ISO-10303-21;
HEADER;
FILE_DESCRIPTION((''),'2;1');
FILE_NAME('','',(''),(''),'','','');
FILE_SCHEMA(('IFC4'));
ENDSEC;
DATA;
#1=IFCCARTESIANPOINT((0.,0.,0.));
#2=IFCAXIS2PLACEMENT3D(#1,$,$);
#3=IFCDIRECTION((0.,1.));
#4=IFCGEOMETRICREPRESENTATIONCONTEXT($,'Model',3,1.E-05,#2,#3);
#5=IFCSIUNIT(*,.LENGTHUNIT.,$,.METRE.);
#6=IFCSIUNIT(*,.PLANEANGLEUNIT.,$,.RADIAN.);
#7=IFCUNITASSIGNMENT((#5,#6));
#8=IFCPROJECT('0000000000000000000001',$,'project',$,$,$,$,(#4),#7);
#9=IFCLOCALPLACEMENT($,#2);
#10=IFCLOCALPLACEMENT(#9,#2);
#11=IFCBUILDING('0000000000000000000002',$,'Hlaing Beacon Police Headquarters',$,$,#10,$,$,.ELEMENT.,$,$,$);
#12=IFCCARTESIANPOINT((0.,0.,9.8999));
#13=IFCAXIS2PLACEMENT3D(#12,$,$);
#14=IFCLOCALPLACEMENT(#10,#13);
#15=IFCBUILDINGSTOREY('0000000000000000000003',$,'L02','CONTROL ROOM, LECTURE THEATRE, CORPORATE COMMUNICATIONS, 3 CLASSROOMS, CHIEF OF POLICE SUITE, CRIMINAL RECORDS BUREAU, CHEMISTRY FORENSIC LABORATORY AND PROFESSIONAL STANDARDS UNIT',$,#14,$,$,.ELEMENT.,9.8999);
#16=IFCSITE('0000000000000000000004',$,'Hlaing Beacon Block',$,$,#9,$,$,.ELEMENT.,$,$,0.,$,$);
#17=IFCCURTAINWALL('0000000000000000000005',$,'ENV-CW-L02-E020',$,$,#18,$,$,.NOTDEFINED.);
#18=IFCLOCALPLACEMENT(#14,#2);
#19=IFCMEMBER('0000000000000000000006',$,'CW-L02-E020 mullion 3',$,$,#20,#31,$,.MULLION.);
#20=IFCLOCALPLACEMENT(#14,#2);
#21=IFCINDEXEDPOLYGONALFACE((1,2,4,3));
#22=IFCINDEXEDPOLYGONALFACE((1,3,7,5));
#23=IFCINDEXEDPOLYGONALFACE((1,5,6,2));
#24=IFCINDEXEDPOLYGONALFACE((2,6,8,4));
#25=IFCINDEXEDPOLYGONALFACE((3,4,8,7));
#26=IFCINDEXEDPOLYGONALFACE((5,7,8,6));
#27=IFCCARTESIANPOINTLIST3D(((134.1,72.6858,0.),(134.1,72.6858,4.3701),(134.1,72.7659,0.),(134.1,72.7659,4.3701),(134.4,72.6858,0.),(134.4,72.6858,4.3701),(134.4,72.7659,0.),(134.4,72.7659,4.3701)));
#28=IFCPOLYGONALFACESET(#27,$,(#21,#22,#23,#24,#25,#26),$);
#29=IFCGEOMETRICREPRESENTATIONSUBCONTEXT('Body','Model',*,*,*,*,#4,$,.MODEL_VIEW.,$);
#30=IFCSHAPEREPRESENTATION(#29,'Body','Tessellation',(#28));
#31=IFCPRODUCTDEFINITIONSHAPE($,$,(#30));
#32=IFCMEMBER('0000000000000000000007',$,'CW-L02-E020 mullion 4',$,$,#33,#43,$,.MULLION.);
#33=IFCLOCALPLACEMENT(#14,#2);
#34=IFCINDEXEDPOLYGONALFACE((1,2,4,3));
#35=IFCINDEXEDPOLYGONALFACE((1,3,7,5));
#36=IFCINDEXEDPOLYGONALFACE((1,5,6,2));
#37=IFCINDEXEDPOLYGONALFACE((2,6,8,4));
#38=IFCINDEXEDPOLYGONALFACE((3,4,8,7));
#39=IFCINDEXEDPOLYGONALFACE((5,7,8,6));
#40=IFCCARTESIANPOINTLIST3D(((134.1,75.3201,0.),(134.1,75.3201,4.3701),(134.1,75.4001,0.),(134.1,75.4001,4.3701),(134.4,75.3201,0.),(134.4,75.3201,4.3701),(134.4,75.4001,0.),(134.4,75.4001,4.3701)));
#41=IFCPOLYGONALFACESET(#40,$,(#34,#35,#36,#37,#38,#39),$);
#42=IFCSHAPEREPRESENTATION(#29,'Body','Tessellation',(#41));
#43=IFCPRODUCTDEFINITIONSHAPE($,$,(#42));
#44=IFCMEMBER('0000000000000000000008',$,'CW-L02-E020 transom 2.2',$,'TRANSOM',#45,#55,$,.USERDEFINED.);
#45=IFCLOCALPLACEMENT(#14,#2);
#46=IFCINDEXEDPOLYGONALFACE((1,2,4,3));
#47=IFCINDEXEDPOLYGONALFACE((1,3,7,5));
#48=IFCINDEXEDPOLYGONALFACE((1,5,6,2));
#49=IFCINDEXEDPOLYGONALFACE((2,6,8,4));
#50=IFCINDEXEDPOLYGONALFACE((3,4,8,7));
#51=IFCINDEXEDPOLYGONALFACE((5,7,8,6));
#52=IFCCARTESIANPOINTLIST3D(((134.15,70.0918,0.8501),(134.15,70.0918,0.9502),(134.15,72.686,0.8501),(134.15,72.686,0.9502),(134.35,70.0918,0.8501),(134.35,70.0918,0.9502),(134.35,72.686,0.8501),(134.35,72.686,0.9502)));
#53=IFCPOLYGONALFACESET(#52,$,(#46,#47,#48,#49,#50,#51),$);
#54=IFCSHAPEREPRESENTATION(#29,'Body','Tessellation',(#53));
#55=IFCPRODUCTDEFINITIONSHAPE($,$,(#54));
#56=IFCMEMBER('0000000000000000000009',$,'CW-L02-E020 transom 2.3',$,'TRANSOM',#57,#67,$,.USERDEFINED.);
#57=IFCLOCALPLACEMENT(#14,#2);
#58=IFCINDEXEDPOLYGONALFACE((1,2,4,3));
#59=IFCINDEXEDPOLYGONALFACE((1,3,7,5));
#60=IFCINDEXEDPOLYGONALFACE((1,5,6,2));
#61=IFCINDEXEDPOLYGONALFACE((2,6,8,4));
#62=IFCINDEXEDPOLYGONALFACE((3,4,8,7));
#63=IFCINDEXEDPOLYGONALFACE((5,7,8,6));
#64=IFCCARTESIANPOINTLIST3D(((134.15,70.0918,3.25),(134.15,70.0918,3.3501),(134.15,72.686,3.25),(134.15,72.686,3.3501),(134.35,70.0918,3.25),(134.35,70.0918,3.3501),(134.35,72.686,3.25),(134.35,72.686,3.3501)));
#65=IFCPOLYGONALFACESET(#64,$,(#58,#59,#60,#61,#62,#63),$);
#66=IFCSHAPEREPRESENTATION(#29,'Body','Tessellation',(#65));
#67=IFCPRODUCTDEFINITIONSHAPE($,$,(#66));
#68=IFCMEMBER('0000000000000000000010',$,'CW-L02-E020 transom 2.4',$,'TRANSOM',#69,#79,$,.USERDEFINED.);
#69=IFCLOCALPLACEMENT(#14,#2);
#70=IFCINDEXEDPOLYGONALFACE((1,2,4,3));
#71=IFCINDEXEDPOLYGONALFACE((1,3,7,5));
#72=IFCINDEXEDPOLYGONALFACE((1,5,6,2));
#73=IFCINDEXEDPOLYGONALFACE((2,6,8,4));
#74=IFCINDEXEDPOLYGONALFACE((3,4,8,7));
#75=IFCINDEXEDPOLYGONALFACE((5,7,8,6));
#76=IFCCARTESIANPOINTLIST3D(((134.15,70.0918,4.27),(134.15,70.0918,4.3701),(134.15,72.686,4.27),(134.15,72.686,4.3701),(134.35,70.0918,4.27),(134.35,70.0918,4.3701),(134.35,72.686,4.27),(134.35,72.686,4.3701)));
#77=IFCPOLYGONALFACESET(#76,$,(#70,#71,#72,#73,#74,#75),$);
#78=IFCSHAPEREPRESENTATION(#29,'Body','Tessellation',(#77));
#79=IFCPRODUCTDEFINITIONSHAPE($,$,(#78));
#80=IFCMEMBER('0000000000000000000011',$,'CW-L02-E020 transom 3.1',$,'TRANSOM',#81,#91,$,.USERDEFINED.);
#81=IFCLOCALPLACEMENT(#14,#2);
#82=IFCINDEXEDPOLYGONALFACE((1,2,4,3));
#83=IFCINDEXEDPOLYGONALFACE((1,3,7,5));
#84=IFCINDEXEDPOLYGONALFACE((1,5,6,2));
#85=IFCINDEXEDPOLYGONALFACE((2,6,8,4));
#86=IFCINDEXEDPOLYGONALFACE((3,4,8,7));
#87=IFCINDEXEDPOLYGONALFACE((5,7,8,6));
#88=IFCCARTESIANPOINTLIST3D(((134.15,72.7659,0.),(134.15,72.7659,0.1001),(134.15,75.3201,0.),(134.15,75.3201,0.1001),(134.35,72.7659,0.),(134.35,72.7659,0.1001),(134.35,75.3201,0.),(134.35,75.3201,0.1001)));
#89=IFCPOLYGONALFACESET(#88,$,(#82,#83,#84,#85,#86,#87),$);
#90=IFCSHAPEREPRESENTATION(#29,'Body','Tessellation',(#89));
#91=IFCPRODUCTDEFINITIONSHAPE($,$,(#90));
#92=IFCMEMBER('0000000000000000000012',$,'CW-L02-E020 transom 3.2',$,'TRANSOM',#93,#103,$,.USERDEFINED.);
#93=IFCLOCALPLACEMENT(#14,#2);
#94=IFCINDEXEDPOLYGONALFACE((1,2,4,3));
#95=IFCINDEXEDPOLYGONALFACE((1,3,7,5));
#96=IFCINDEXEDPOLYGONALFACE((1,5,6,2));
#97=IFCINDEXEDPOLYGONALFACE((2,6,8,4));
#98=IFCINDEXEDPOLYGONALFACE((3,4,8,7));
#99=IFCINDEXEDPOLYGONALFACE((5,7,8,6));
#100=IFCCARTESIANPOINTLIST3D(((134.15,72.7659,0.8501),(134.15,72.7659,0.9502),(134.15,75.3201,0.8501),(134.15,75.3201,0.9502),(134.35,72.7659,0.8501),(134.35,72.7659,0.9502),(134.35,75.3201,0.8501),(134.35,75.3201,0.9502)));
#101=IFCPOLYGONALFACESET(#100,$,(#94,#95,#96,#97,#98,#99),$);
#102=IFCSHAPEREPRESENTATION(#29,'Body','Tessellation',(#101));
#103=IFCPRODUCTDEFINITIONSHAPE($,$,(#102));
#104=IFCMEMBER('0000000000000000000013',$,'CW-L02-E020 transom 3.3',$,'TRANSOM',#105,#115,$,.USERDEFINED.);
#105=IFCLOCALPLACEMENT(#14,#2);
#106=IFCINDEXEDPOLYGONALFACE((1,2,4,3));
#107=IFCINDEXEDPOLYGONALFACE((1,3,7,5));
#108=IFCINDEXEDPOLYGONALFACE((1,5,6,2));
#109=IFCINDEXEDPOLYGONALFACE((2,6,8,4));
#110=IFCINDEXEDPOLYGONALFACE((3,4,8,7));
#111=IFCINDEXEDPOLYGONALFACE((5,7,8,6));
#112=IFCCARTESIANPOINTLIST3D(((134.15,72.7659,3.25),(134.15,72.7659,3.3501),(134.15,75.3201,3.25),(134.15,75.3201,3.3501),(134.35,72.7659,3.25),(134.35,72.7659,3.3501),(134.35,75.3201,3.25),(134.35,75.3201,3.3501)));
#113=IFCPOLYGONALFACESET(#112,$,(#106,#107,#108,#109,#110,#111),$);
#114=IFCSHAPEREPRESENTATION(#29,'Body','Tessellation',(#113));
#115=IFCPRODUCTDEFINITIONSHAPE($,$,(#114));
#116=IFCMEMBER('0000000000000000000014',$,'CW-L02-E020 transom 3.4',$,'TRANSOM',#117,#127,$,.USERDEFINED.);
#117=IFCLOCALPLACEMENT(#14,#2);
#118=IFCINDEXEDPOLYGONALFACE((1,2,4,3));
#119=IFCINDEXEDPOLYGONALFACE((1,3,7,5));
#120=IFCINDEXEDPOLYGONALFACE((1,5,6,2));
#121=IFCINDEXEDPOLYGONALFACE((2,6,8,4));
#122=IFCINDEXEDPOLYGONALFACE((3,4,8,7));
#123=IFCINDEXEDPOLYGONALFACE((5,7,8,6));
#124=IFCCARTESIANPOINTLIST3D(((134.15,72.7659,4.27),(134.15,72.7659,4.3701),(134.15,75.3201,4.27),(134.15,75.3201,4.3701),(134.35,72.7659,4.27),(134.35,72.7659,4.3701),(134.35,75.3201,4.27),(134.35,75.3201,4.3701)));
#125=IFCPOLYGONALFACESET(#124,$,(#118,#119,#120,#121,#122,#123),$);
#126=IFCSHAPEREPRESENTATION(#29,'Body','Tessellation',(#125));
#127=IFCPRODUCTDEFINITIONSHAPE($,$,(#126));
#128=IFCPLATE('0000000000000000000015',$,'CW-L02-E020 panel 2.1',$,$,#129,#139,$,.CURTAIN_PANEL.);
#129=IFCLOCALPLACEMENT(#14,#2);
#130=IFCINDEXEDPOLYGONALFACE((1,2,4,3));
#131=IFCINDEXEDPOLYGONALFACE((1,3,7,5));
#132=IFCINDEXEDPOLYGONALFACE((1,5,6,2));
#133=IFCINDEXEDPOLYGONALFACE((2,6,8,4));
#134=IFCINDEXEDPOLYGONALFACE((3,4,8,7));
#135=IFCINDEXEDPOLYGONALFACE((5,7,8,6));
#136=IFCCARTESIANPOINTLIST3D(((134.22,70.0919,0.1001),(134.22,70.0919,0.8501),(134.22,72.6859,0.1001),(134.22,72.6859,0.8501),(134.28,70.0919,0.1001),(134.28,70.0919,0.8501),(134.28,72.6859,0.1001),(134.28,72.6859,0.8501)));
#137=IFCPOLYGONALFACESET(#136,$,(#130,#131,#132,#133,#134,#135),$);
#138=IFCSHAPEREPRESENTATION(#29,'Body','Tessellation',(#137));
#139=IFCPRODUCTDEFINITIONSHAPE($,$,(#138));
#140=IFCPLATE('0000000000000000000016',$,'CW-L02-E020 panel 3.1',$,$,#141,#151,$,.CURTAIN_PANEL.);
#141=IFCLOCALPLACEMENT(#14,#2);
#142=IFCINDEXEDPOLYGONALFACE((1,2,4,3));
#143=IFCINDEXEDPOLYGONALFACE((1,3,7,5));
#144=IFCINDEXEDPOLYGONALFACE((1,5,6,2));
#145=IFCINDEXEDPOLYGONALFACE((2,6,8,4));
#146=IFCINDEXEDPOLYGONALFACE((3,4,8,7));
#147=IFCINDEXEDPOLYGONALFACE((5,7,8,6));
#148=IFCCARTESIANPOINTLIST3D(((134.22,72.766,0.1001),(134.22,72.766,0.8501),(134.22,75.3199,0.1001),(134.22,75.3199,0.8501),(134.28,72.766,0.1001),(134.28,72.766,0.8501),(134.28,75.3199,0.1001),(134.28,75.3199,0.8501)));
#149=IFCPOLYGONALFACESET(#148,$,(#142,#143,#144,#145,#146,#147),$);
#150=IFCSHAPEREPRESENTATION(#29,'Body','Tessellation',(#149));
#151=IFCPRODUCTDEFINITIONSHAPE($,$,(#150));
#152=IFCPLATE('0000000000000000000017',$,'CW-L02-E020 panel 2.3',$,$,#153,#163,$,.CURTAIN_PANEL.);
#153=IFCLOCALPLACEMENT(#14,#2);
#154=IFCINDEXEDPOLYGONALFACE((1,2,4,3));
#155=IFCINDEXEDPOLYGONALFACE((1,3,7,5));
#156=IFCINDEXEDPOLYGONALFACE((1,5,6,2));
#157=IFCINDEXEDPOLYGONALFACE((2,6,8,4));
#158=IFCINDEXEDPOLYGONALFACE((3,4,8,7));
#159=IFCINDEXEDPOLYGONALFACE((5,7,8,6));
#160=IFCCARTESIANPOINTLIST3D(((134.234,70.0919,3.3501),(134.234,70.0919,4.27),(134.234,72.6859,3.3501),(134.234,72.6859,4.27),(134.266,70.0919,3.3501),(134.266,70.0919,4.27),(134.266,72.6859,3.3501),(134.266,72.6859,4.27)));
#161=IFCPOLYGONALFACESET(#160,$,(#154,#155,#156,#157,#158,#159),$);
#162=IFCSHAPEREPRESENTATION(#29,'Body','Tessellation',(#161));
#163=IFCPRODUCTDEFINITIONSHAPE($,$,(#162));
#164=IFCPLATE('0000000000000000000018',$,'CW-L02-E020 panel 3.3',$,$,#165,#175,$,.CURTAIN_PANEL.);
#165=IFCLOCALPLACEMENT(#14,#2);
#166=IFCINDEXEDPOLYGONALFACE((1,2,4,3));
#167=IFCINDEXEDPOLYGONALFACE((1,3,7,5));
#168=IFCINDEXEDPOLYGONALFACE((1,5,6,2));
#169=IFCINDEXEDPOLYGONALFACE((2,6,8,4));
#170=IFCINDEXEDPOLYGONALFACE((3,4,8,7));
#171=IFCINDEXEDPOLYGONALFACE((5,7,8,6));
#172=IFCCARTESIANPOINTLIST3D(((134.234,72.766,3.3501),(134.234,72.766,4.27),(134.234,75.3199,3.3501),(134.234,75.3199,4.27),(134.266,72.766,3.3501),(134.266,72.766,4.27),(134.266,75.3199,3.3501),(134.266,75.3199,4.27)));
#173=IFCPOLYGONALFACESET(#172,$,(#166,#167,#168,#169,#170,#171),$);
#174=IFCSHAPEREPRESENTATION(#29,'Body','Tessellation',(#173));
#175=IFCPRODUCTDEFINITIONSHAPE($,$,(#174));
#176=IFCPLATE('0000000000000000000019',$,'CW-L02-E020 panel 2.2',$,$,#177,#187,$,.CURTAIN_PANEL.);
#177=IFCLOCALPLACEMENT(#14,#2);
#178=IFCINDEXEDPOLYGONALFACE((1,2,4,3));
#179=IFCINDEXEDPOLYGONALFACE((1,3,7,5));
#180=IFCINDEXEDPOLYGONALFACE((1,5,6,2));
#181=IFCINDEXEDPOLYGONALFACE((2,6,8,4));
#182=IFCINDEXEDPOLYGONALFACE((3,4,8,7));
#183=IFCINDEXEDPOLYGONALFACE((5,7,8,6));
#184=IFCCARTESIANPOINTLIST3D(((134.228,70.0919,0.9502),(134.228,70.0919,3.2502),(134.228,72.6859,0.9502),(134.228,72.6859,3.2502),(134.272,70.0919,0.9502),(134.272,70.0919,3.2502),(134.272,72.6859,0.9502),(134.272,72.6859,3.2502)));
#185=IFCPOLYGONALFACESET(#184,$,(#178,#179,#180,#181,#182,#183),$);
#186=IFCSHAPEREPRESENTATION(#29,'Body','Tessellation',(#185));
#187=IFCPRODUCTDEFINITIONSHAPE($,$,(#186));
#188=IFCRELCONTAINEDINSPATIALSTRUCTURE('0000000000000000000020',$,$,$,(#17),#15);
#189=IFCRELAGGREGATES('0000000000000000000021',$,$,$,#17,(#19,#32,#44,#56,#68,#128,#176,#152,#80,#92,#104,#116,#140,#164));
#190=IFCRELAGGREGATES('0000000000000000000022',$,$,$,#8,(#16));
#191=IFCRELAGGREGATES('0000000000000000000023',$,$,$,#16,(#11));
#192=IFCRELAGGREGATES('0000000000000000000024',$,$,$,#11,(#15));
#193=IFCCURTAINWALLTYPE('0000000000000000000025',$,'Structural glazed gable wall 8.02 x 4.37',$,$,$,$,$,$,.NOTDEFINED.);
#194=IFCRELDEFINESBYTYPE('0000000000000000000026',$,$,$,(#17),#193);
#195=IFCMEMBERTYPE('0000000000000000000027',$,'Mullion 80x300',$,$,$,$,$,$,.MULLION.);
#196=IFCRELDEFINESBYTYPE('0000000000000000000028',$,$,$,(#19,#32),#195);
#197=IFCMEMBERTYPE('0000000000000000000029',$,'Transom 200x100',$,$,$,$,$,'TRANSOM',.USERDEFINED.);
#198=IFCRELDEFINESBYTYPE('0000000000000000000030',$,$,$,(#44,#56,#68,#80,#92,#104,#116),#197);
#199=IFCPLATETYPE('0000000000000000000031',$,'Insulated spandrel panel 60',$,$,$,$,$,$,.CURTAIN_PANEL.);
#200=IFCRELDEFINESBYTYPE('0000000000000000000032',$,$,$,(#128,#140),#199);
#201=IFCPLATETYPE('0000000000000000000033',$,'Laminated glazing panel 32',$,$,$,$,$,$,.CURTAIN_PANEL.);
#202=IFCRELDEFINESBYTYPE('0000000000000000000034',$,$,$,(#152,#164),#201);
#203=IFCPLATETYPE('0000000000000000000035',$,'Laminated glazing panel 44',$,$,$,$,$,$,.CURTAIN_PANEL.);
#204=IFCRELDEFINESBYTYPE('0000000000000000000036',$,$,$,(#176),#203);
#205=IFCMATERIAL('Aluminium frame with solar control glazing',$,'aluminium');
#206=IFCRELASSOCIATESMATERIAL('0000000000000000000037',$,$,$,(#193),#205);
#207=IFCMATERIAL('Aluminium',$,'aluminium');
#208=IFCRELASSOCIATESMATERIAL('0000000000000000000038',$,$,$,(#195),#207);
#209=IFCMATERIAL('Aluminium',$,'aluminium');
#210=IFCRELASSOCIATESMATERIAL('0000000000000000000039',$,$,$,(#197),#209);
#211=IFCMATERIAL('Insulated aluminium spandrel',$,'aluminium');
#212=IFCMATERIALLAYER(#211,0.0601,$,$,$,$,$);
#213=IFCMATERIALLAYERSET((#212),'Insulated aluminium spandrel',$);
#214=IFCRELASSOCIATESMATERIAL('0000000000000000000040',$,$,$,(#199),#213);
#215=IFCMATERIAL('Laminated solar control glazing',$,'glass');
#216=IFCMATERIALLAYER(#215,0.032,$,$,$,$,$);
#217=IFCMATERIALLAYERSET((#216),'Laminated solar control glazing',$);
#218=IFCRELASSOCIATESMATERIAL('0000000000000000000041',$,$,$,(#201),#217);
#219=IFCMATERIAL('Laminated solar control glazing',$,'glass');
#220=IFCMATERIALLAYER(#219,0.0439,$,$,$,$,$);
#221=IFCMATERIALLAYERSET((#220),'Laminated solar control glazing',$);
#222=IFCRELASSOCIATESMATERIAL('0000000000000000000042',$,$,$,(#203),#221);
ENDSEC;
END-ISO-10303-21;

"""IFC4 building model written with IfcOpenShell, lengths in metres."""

from ifc_helpers import new_model, si_unit, direction, frame, origin, origin_2d, place, context, subcontext, project, spatial, rectangle, extrude, material, layer, layer_set, material_profile, profile_set, type_object, element, aggregate, save


model = new_model("IFC4")

# Units and contexts
model_context = context("Model", 3, precision=1e-05, world=origin(), true_north=direction((0.0, 1.0)))
body_context = subcontext(model_context, "Body", "Model", "MODEL_VIEW")
ifc_project = project(units=[si_unit("LENGTHUNIT", "METRE"), si_unit("PLANEANGLEUNIT", "RADIAN")], contexts=[model_context])

# Site, building, storey
site_placement = place(None, origin())
site = spatial("IfcSite", under=ifc_project, at=site_placement, Name="Hlaing Beacon Block", CompositionType="ELEMENT", RefElevation=0.0)
building_placement = place(site_placement, origin())
building = spatial("IfcBuilding", under=site, at=building_placement, Name="Hlaing Beacon Police Headquarters", CompositionType="ELEMENT")
storey_placement = place(building_placement, frame((0.0, 0.0, 9.8999)))
storey = spatial("IfcBuildingStorey", under=building, at=storey_placement, Name="L02", Description="CONTROL ROOM, LECTURE THEATRE, CORPORATE COMMUNICATIONS, 3 CLASSROOMS, CHIEF OF POLICE SUITE, CRIMINAL RECORDS BUREAU, CHEMISTRY FORENSIC LABORATORY AND PROFESSIONAL STANDARDS UNIT", CompositionType="ELEMENT", Elevation=9.8999)

# Curtain wall, members, plates
ifc_material_1 = material(Name="Aluminium frame with solar control glazing", Category="aluminium")
curtain_wall_type = type_object("IfcCurtainWallType", Name="Structural glazed gable wall 8.02 x 4.37", PredefinedType="NOTDEFINED", material=ifc_material_1)
curtain_wall_placement = place(storey_placement, origin())
curtain_wall = element("IfcCurtainWall", 1, at=curtain_wall_placement, inside=storey, type_object=curtain_wall_type, Name="ENV-CW-L02-E020", PredefinedType="NOTDEFINED")
ifc_material_2 = material(Name="Aluminium", Category="aluminium")
ifc_material_profile_1 = material_profile(ifc_material_2, rectangle(XDim=0.3, YDim=0.0801, at=origin_2d()), Name="Mullion 80x300")
ifc_profile_set_1 = profile_set([ifc_material_profile_1], Name="Aluminium")
member_type_1 = type_object("IfcMemberType", Name="Mullion 80x300", PredefinedType="MULLION", material=ifc_profile_set_1)
member_1_placement = place(storey_placement, frame((134.25, 72.7258, 0.0), z_axis=(0.0, 0.0, 1.0), x_axis=(-1.0, 0.0, 0.0)))
member_1 = element("IfcMember", 2, at=member_1_placement, type_object=member_type_1, Name="CW-L02-E020 mullion 3", PredefinedType="MULLION", context=body_context, shape_type="SweptSolid", body=[
    extrude(rectangle(XDim=0.3, YDim=0.0801, at=origin_2d()), origin(), (0.0, 0.0, 1.0), 4.3701),
])
member_2_placement = place(storey_placement, frame((134.25, 75.3601, 0.0), z_axis=(0.0, 0.0, 1.0), x_axis=(-1.0, 0.0, 0.0)))
member_2 = element("IfcMember", 3, at=member_2_placement, type_object=member_type_1, Name="CW-L02-E020 mullion 4", PredefinedType="MULLION", context=body_context, shape_type="SweptSolid", body=[
    extrude(rectangle(XDim=0.3, YDim=0.0801, at=origin_2d()), origin(), (0.0, 0.0, 1.0), 4.3701),
])
ifc_material_3 = material(Name="Aluminium", Category="aluminium")
ifc_material_profile_2 = material_profile(ifc_material_3, rectangle(XDim=0.2, YDim=0.1001, at=origin_2d()), Name="Transom 200x100")
ifc_profile_set_2 = profile_set([ifc_material_profile_2], Name="Aluminium")
member_type_2 = type_object("IfcMemberType", Name="Transom 200x100", ElementType="TRANSOM", PredefinedType="USERDEFINED", material=ifc_profile_set_2)
member_3_placement = place(storey_placement, frame((134.25, 70.0918, 0.9001), z_axis=(0.0, 1.0, 0.0), x_axis=(-1.0, 0.0, 0.0)))
member_3 = element("IfcMember", 4, at=member_3_placement, type_object=member_type_2, Name="CW-L02-E020 transom 2.2", ObjectType="TRANSOM", PredefinedType="USERDEFINED", context=body_context, shape_type="SweptSolid", body=[
    extrude(rectangle(XDim=0.2, YDim=0.1001, at=origin_2d()), origin(), (0.0, 0.0, 1.0), 2.5942),
])
member_4_placement = place(storey_placement, frame((134.25, 70.0918, 3.3), z_axis=(0.0, 1.0, 0.0), x_axis=(-1.0, 0.0, 0.0)))
member_4 = element("IfcMember", 5, at=member_4_placement, type_object=member_type_2, Name="CW-L02-E020 transom 2.3", ObjectType="TRANSOM", PredefinedType="USERDEFINED", context=body_context, shape_type="SweptSolid", body=[
    extrude(rectangle(XDim=0.2, YDim=0.1001, at=origin_2d()), origin(), (0.0, 0.0, 1.0), 2.5942),
])
member_5_placement = place(storey_placement, frame((134.25, 70.0918, 4.3201), z_axis=(0.0, 1.0, 0.0), x_axis=(-1.0, 0.0, 0.0)))
member_5 = element("IfcMember", 6, at=member_5_placement, type_object=member_type_2, Name="CW-L02-E020 transom 2.4", ObjectType="TRANSOM", PredefinedType="USERDEFINED", context=body_context, shape_type="SweptSolid", body=[
    extrude(rectangle(XDim=0.2, YDim=0.1001, at=origin_2d()), origin(), (0.0, 0.0, 1.0), 2.5942),
])
member_6_placement = place(storey_placement, frame((134.25, 72.7659, 0.05), z_axis=(0.0, 1.0, 0.0), x_axis=(-1.0, 0.0, 0.0)))
member_6 = element("IfcMember", 7, at=member_6_placement, type_object=member_type_2, Name="CW-L02-E020 transom 3.1", ObjectType="TRANSOM", PredefinedType="USERDEFINED", context=body_context, shape_type="SweptSolid", body=[
    extrude(rectangle(XDim=0.2, YDim=0.1001, at=origin_2d()), origin(), (0.0, 0.0, 1.0), 2.5542),
])
member_7_placement = place(storey_placement, frame((134.25, 72.7659, 0.9001), z_axis=(0.0, 1.0, 0.0), x_axis=(-1.0, 0.0, 0.0)))
member_7 = element("IfcMember", 8, at=member_7_placement, type_object=member_type_2, Name="CW-L02-E020 transom 3.2", ObjectType="TRANSOM", PredefinedType="USERDEFINED", context=body_context, shape_type="SweptSolid", body=[
    extrude(rectangle(XDim=0.2, YDim=0.1001, at=origin_2d()), origin(), (0.0, 0.0, 1.0), 2.5542),
])
member_8_placement = place(storey_placement, frame((134.25, 72.7659, 3.3), z_axis=(0.0, 1.0, 0.0), x_axis=(-1.0, 0.0, 0.0)))
member_8 = element("IfcMember", 9, at=member_8_placement, type_object=member_type_2, Name="CW-L02-E020 transom 3.3", ObjectType="TRANSOM", PredefinedType="USERDEFINED", context=body_context, shape_type="SweptSolid", body=[
    extrude(rectangle(XDim=0.2, YDim=0.1001, at=origin_2d()), origin(), (0.0, 0.0, 1.0), 2.5542),
])
member_9_placement = place(storey_placement, frame((134.25, 72.7659, 4.3201), z_axis=(0.0, 1.0, 0.0), x_axis=(-1.0, 0.0, 0.0)))
member_9 = element("IfcMember", 10, at=member_9_placement, type_object=member_type_2, Name="CW-L02-E020 transom 3.4", ObjectType="TRANSOM", PredefinedType="USERDEFINED", context=body_context, shape_type="SweptSolid", body=[
    extrude(rectangle(XDim=0.2, YDim=0.1001, at=origin_2d()), origin(), (0.0, 0.0, 1.0), 2.5542),
])
ifc_material_4 = material(Name="Insulated aluminium spandrel", Category="aluminium")
ifc_layer_1 = layer(ifc_material_4, 0.0601)
ifc_layer_set_1 = layer_set([ifc_layer_1], Name="Insulated aluminium spandrel")
plate_type_1 = type_object("IfcPlateType", Name="Insulated spandrel panel 60", PredefinedType="CURTAIN_PANEL", material=ifc_layer_set_1)
plate_1_placement = place(storey_placement, frame((134.25, 71.3889, 0.1001), z_axis=(0.0, 0.0, 1.0), x_axis=(0.0, 1.0, 0.0)))
plate_1 = element("IfcPlate", 11, at=plate_1_placement, type_object=plate_type_1, Name="CW-L02-E020 panel 2.1", PredefinedType="CURTAIN_PANEL", context=body_context, shape_type="SweptSolid", body=[
    extrude(rectangle(XDim=2.594, YDim=0.0601, at=origin_2d()), origin(), (0.0, 0.0, 1.0), 0.75),
])
plate_2_placement = place(storey_placement, frame((134.25, 74.043, 0.1001), z_axis=(0.0, 0.0, 1.0), x_axis=(0.0, 1.0, 0.0)))
plate_2 = element("IfcPlate", 12, at=plate_2_placement, type_object=plate_type_1, Name="CW-L02-E020 panel 3.1", PredefinedType="CURTAIN_PANEL", context=body_context, shape_type="SweptSolid", body=[
    extrude(rectangle(XDim=2.554, YDim=0.0601, at=origin_2d()), origin(), (0.0, 0.0, 1.0), 0.75),
])
ifc_material_5 = material(Name="Laminated solar control glazing", Category="glass")
ifc_layer_2 = layer(ifc_material_5, 0.032)
ifc_layer_set_2 = layer_set([ifc_layer_2], Name="Laminated solar control glazing")
plate_type_2 = type_object("IfcPlateType", Name="Laminated glazing panel 32", PredefinedType="CURTAIN_PANEL", material=ifc_layer_set_2)
plate_3_placement = place(storey_placement, frame((134.25, 71.3889, 3.3501), z_axis=(0.0, 0.0, 1.0), x_axis=(0.0, 1.0, 0.0)))
plate_3 = element("IfcPlate", 13, at=plate_3_placement, type_object=plate_type_2, Name="CW-L02-E020 panel 2.3", PredefinedType="CURTAIN_PANEL", context=body_context, shape_type="SweptSolid", body=[
    extrude(rectangle(XDim=2.594, YDim=0.032, at=origin_2d()), origin(), (0.0, 0.0, 1.0), 0.9199),
])
plate_4_placement = place(storey_placement, frame((134.25, 74.043, 3.3501), z_axis=(0.0, 0.0, 1.0), x_axis=(0.0, 1.0, 0.0)))
plate_4 = element("IfcPlate", 14, at=plate_4_placement, type_object=plate_type_2, Name="CW-L02-E020 panel 3.3", PredefinedType="CURTAIN_PANEL", context=body_context, shape_type="SweptSolid", body=[
    extrude(rectangle(XDim=2.554, YDim=0.032, at=origin_2d()), origin(), (0.0, 0.0, 1.0), 0.9199),
])
ifc_material_6 = material(Name="Laminated solar control glazing", Category="glass")
ifc_layer_3 = layer(ifc_material_6, 0.0439)
ifc_layer_set_3 = layer_set([ifc_layer_3], Name="Laminated solar control glazing")
plate_type_3 = type_object("IfcPlateType", Name="Laminated glazing panel 44", PredefinedType="CURTAIN_PANEL", material=ifc_layer_set_3)
plate_5_placement = place(storey_placement, frame((134.25, 71.3889, 0.9502), z_axis=(0.0, 0.0, 1.0), x_axis=(0.0, 1.0, 0.0)))
plate_5 = element("IfcPlate", 15, at=plate_5_placement, type_object=plate_type_3, Name="CW-L02-E020 panel 2.2", PredefinedType="CURTAIN_PANEL", context=body_context, shape_type="SweptSolid", body=[
    extrude(rectangle(XDim=2.594, YDim=0.0439, at=origin_2d()), origin(), (0.0, 0.0, 1.0), 2.3),
])
aggregate(curtain_wall, [member_1, member_2, member_3, member_4, member_5, plate_1, plate_5, plate_3, member_6, member_7, member_8, member_9, plate_2, plate_4])

save(model, "model.ifc")
